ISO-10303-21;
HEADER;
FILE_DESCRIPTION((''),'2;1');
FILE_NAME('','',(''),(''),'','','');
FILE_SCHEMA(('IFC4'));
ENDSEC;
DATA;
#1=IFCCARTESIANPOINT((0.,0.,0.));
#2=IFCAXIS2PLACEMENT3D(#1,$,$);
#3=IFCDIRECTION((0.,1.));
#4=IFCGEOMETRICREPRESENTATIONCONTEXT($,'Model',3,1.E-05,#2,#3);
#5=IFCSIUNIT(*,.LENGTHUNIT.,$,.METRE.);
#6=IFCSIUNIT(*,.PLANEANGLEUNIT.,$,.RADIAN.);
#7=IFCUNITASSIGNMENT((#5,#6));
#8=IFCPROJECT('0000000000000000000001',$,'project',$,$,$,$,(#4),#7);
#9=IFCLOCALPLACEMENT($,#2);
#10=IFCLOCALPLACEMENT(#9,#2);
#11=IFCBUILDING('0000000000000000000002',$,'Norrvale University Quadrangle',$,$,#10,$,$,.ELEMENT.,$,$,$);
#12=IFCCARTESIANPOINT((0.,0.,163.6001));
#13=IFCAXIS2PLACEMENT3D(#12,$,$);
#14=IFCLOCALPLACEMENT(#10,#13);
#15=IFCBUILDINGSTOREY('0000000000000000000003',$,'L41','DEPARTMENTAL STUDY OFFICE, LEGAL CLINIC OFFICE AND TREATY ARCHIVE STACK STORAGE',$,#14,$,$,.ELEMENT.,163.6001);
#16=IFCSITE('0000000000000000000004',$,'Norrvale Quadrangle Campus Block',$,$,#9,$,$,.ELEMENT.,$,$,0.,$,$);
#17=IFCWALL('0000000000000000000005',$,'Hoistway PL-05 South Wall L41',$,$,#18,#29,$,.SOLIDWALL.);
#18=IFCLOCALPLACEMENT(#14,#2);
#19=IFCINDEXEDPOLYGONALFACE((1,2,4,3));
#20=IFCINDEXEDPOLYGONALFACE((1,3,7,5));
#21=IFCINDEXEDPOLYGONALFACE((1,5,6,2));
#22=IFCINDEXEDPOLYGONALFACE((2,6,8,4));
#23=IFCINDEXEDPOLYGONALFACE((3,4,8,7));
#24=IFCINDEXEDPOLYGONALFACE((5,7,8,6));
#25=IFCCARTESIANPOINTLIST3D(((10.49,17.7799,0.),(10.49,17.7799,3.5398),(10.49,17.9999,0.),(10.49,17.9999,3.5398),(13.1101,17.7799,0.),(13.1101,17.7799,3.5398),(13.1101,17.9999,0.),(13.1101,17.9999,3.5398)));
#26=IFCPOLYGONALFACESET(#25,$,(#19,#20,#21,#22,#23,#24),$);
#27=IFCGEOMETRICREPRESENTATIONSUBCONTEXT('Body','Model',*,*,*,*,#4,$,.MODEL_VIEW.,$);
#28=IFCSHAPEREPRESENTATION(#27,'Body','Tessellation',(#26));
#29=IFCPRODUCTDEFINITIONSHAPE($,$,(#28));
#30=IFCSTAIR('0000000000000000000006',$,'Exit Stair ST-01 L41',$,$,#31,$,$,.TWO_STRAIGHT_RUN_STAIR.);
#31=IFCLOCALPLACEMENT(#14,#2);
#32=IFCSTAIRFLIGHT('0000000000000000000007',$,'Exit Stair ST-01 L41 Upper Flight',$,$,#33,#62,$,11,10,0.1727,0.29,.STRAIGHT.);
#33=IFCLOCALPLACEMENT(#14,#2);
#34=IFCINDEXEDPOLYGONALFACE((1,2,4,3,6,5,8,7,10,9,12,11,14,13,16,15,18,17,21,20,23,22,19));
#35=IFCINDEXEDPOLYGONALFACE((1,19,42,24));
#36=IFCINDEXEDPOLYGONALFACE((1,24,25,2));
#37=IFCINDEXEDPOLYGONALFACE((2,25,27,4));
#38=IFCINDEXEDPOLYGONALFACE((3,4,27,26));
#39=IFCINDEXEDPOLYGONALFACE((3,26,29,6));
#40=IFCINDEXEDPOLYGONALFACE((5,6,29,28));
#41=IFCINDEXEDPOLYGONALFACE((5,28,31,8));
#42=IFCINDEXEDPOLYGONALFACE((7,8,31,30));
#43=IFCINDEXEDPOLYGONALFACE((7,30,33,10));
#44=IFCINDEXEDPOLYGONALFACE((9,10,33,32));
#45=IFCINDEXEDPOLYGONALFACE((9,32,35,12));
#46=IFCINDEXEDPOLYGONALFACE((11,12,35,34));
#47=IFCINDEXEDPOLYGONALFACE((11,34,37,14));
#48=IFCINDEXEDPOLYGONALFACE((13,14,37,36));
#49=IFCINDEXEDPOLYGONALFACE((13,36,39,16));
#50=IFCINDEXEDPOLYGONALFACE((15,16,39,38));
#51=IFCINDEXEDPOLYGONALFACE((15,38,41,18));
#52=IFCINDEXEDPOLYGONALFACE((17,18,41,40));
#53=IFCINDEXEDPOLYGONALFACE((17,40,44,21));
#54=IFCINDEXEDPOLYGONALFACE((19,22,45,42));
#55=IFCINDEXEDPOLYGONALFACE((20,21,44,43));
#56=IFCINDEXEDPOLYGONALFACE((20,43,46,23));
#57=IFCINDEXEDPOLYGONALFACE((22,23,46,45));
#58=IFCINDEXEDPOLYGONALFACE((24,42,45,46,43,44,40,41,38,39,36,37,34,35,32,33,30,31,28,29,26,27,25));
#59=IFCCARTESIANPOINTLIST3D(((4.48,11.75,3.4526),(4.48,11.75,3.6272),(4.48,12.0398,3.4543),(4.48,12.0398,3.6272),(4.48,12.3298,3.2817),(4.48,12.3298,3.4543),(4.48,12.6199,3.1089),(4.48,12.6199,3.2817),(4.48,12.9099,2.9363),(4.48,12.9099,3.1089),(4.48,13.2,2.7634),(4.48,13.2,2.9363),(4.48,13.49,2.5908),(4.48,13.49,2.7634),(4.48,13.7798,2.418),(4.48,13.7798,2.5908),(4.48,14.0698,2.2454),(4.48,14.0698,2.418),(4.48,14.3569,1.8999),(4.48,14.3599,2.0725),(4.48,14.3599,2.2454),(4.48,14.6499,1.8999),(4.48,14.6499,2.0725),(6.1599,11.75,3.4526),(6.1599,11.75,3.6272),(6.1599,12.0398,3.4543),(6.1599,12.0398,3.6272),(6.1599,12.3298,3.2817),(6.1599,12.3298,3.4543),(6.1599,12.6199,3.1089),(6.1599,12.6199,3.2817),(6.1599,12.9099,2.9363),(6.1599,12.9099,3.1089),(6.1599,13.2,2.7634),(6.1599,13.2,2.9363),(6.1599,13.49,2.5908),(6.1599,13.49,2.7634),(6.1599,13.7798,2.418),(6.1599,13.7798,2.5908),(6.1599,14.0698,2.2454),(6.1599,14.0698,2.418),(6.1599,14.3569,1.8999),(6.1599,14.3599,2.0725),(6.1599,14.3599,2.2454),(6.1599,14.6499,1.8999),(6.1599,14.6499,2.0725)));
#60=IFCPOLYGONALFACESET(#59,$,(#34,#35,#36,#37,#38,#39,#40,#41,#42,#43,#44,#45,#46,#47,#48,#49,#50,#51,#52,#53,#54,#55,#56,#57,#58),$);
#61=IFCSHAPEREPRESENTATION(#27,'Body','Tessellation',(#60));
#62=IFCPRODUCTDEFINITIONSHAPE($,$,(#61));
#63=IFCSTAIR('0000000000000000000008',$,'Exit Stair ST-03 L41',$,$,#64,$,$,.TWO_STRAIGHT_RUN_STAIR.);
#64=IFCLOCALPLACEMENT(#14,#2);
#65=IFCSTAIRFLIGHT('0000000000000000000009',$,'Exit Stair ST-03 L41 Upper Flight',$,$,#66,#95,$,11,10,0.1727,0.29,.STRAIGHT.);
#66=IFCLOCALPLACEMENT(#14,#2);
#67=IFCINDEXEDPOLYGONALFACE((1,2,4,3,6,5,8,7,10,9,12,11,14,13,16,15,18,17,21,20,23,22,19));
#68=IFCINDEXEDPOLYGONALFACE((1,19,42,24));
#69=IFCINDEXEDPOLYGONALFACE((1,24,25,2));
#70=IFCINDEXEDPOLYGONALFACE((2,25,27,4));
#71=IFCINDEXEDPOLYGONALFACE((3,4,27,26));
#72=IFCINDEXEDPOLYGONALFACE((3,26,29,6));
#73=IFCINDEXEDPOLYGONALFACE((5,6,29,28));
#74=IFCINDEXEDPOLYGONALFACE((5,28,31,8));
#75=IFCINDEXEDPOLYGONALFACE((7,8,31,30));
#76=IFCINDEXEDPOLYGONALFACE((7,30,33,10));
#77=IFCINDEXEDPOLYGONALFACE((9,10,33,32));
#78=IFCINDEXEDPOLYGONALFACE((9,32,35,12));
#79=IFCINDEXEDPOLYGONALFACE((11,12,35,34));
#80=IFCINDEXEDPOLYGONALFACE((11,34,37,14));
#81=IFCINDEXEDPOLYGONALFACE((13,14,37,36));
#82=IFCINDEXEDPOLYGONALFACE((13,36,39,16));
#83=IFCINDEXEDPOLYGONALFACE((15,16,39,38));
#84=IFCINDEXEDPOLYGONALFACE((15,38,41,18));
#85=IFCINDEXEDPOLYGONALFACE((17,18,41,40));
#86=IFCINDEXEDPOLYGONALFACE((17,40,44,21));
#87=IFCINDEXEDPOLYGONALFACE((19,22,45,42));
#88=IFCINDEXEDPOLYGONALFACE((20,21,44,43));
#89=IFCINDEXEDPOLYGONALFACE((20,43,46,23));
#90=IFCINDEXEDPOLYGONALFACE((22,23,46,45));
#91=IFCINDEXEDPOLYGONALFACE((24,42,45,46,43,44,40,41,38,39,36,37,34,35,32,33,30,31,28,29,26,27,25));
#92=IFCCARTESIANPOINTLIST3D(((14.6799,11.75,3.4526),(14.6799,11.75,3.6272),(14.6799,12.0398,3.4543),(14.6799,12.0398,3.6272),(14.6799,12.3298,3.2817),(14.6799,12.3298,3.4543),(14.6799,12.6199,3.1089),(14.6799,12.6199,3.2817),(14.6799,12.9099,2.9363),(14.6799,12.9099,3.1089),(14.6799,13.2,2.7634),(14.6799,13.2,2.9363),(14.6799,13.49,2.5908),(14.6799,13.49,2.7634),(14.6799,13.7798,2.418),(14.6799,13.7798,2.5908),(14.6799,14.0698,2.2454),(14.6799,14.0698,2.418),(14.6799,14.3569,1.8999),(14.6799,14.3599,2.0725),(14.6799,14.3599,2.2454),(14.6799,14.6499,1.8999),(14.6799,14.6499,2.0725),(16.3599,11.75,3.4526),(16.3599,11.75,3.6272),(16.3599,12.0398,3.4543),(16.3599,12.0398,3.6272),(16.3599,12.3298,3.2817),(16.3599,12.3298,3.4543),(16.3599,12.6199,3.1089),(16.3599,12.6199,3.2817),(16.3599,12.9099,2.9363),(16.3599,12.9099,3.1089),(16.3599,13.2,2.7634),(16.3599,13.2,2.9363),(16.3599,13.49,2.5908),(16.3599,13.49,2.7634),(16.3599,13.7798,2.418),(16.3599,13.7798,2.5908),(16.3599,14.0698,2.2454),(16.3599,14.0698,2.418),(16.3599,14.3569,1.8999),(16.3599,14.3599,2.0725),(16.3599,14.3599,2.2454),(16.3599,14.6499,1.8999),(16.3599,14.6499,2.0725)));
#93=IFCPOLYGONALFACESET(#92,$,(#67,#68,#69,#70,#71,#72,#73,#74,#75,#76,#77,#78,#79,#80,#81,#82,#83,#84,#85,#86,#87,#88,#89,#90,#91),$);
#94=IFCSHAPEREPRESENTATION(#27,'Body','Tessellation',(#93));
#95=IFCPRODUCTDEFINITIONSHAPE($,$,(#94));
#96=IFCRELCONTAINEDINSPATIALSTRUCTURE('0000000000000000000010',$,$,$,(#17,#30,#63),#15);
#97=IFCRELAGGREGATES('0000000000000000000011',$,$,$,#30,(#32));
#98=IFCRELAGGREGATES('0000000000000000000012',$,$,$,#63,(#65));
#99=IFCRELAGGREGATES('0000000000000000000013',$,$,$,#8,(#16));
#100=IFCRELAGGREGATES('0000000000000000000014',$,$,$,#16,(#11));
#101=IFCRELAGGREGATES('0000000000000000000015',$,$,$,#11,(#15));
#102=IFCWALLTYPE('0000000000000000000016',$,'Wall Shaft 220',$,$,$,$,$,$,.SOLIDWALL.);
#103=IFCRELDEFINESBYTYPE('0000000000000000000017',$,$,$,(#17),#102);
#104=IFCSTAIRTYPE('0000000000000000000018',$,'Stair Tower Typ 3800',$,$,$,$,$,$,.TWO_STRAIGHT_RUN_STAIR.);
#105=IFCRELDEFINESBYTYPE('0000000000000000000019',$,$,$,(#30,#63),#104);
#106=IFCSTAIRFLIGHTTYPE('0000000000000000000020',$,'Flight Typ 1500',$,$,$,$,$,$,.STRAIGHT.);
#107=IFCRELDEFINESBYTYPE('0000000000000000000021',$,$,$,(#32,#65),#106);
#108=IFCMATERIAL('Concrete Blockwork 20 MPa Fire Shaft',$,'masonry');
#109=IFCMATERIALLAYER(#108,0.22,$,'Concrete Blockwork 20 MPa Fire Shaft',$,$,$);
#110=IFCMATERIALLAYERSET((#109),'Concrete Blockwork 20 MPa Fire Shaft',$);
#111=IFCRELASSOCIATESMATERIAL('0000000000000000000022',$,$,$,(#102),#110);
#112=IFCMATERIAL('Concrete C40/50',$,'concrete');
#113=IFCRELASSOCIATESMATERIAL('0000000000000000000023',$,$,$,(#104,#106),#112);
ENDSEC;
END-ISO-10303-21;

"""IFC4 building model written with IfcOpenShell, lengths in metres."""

from ifc_helpers import new_model, si_unit, direction, frame, frame_2d, origin, place, context, subcontext, project, spatial, polyline, rectangle, outline, extrude, material, layer, layer_set, type_object, element, aggregate, save


model = new_model("IFC4")

# Units and contexts
model_context = context("Model", 3, precision=1e-05, world=origin(), true_north=direction((0.0, 1.0)))
body_context = subcontext(model_context, "Body", "Model", "MODEL_VIEW")
ifc_project = project(units=[si_unit("LENGTHUNIT", "METRE"), si_unit("PLANEANGLEUNIT", "RADIAN")], contexts=[model_context])

# Site, building, storey
site_placement = place(None, origin())
site = spatial("IfcSite", under=ifc_project, at=site_placement, Name="Norrvale Quadrangle Campus Block", CompositionType="ELEMENT", RefElevation=0.0)
building_placement = place(site_placement, origin())
building = spatial("IfcBuilding", under=site, at=building_placement, Name="Norrvale University Quadrangle", CompositionType="ELEMENT")
storey_placement = place(building_placement, frame((0.0, 0.0, 163.6001)))
storey = spatial("IfcBuildingStorey", under=building, at=storey_placement, Name="L41", Description="DEPARTMENTAL STUDY OFFICE, LEGAL CLINIC OFFICE AND TREATY ARCHIVE STACK STORAGE", CompositionType="ELEMENT", Elevation=163.6001)

# Shared definitions
ifc_material_1 = material(Name="Concrete Blockwork 20 MPa Fire Shaft", Category="masonry")
ifc_layer_1 = layer(ifc_material_1, 0.22, Name="Concrete Blockwork 20 MPa Fire Shaft")
ifc_layer_set_1 = layer_set([ifc_layer_1], Name="Concrete Blockwork 20 MPa Fire Shaft")
wall_type_1 = type_object("IfcWallType", Name="Wall Shaft 220", PredefinedType="SOLIDWALL", material=ifc_layer_set_1)

# Wall
wall_1_placement = place(storey_placement, frame((10.49, 17.8899, 0.0), z_axis=(0.0, 0.0, 1.0), x_axis=(1.0, 0.0, 0.0)))
element("IfcWall", 1, at=wall_1_placement, inside=storey, type_object=wall_type_1, Name="Hoistway PL-05 South Wall L41", PredefinedType="SOLIDWALL", context=body_context, shape_type="SweptSolid", body=[
    extrude(rectangle(XDim=2.6201, YDim=0.22, at=frame_2d((1.3101, 0.0))), origin(), (0.0, 0.0, 1.0), 3.5398),
])

# Stairs, stair flights
ifc_material_2 = material(Name="Concrete C40/50", Category="concrete")
stair_type = type_object("IfcStairType", Name="Stair Tower Typ 3800", PredefinedType="TWO_STRAIGHT_RUN_STAIR", material=ifc_material_2)
stair_1_placement = place(storey_placement, origin())
stair_1 = element("IfcStair", 2, at=stair_1_placement, inside=storey, type_object=stair_type, Name="Exit Stair ST-01 L41", PredefinedType="TWO_STRAIGHT_RUN_STAIR")
stair_flight_type = type_object("IfcStairFlightType", Name="Flight Typ 1500", PredefinedType="STRAIGHT", material=ifc_material_2)
stair_flight_1_placement = place(storey_placement, frame((5.3201, 14.6499, 1.8999), z_axis=(0.0, 0.0, 1.0), x_axis=(0.0, -1.0, 0.0)))
stair_flight_1 = element("IfcStairFlight", 3, at=stair_flight_1_placement, type_object=stair_flight_type, Name="Exit Stair ST-01 L41 Upper Flight", NumberOfRisers=11, NumberOfTreads=10, PredefinedType="STRAIGHT", RiserHeight=0.1727, TreadLength=0.29, context=body_context, shape_type="SweptSolid", body=[
    extrude(outline(polyline([(0.0, 0.0), (0.0, 0.1726), (0.29, 0.1726), (0.29, 0.3455), (0.5801, 0.3455), (0.5801, 0.5181), (0.8701, 0.5181), (0.8701, 0.6909), (1.1599, 0.6909), (1.1599, 0.8635), (1.45, 0.8635), (1.45, 1.0364), (1.74, 1.0364), (1.74, 1.209), (2.03, 1.209), (2.03, 1.3818), (2.3201, 1.3818), (2.3201, 1.5544), (2.6101, 1.5544), (2.6101, 1.7273), (2.8999, 1.7273), (2.8999, 1.8999), (2.8999, 1.5527), (0.293, 0.0), (0.0, 0.0)])), frame((0.0, 0.8398, 0.0), z_axis=(0.0, -1.0, 0.0), x_axis=(1.0, 0.0, 0.0)), (0.0, 0.0, 1.0), 1.6799),
])
aggregate(stair_1, [stair_flight_1])
stair_2_placement = place(storey_placement, origin())
stair_2 = element("IfcStair", 4, at=stair_2_placement, inside=storey, type_object=stair_type, Name="Exit Stair ST-03 L41", PredefinedType="TWO_STRAIGHT_RUN_STAIR")
stair_flight_2_placement = place(storey_placement, frame((15.52, 14.6499, 1.8999), z_axis=(0.0, 0.0, 1.0), x_axis=(0.0, -1.0, 0.0)))
stair_flight_2 = element("IfcStairFlight", 5, at=stair_flight_2_placement, type_object=stair_flight_type, Name="Exit Stair ST-03 L41 Upper Flight", NumberOfRisers=11, NumberOfTreads=10, PredefinedType="STRAIGHT", RiserHeight=0.1727, TreadLength=0.29, context=body_context, shape_type="SweptSolid", body=[
    extrude(outline(polyline([(0.0, 0.0), (0.0, 0.1726), (0.29, 0.1726), (0.29, 0.3455), (0.5801, 0.3455), (0.5801, 0.5181), (0.8701, 0.5181), (0.8701, 0.6909), (1.1599, 0.6909), (1.1599, 0.8635), (1.45, 0.8635), (1.45, 1.0364), (1.74, 1.0364), (1.74, 1.209), (2.03, 1.209), (2.03, 1.3818), (2.3201, 1.3818), (2.3201, 1.5544), (2.6101, 1.5544), (2.6101, 1.7273), (2.8999, 1.7273), (2.8999, 1.8999), (2.8999, 1.5527), (0.293, 0.0), (0.0, 0.0)])), frame((0.0, 0.8398, 0.0), z_axis=(0.0, -1.0, 0.0), x_axis=(1.0, 0.0, 0.0)), (0.0, 0.0, 1.0), 1.6799),
])
aggregate(stair_2, [stair_flight_2])

save(model, "model.ifc")
